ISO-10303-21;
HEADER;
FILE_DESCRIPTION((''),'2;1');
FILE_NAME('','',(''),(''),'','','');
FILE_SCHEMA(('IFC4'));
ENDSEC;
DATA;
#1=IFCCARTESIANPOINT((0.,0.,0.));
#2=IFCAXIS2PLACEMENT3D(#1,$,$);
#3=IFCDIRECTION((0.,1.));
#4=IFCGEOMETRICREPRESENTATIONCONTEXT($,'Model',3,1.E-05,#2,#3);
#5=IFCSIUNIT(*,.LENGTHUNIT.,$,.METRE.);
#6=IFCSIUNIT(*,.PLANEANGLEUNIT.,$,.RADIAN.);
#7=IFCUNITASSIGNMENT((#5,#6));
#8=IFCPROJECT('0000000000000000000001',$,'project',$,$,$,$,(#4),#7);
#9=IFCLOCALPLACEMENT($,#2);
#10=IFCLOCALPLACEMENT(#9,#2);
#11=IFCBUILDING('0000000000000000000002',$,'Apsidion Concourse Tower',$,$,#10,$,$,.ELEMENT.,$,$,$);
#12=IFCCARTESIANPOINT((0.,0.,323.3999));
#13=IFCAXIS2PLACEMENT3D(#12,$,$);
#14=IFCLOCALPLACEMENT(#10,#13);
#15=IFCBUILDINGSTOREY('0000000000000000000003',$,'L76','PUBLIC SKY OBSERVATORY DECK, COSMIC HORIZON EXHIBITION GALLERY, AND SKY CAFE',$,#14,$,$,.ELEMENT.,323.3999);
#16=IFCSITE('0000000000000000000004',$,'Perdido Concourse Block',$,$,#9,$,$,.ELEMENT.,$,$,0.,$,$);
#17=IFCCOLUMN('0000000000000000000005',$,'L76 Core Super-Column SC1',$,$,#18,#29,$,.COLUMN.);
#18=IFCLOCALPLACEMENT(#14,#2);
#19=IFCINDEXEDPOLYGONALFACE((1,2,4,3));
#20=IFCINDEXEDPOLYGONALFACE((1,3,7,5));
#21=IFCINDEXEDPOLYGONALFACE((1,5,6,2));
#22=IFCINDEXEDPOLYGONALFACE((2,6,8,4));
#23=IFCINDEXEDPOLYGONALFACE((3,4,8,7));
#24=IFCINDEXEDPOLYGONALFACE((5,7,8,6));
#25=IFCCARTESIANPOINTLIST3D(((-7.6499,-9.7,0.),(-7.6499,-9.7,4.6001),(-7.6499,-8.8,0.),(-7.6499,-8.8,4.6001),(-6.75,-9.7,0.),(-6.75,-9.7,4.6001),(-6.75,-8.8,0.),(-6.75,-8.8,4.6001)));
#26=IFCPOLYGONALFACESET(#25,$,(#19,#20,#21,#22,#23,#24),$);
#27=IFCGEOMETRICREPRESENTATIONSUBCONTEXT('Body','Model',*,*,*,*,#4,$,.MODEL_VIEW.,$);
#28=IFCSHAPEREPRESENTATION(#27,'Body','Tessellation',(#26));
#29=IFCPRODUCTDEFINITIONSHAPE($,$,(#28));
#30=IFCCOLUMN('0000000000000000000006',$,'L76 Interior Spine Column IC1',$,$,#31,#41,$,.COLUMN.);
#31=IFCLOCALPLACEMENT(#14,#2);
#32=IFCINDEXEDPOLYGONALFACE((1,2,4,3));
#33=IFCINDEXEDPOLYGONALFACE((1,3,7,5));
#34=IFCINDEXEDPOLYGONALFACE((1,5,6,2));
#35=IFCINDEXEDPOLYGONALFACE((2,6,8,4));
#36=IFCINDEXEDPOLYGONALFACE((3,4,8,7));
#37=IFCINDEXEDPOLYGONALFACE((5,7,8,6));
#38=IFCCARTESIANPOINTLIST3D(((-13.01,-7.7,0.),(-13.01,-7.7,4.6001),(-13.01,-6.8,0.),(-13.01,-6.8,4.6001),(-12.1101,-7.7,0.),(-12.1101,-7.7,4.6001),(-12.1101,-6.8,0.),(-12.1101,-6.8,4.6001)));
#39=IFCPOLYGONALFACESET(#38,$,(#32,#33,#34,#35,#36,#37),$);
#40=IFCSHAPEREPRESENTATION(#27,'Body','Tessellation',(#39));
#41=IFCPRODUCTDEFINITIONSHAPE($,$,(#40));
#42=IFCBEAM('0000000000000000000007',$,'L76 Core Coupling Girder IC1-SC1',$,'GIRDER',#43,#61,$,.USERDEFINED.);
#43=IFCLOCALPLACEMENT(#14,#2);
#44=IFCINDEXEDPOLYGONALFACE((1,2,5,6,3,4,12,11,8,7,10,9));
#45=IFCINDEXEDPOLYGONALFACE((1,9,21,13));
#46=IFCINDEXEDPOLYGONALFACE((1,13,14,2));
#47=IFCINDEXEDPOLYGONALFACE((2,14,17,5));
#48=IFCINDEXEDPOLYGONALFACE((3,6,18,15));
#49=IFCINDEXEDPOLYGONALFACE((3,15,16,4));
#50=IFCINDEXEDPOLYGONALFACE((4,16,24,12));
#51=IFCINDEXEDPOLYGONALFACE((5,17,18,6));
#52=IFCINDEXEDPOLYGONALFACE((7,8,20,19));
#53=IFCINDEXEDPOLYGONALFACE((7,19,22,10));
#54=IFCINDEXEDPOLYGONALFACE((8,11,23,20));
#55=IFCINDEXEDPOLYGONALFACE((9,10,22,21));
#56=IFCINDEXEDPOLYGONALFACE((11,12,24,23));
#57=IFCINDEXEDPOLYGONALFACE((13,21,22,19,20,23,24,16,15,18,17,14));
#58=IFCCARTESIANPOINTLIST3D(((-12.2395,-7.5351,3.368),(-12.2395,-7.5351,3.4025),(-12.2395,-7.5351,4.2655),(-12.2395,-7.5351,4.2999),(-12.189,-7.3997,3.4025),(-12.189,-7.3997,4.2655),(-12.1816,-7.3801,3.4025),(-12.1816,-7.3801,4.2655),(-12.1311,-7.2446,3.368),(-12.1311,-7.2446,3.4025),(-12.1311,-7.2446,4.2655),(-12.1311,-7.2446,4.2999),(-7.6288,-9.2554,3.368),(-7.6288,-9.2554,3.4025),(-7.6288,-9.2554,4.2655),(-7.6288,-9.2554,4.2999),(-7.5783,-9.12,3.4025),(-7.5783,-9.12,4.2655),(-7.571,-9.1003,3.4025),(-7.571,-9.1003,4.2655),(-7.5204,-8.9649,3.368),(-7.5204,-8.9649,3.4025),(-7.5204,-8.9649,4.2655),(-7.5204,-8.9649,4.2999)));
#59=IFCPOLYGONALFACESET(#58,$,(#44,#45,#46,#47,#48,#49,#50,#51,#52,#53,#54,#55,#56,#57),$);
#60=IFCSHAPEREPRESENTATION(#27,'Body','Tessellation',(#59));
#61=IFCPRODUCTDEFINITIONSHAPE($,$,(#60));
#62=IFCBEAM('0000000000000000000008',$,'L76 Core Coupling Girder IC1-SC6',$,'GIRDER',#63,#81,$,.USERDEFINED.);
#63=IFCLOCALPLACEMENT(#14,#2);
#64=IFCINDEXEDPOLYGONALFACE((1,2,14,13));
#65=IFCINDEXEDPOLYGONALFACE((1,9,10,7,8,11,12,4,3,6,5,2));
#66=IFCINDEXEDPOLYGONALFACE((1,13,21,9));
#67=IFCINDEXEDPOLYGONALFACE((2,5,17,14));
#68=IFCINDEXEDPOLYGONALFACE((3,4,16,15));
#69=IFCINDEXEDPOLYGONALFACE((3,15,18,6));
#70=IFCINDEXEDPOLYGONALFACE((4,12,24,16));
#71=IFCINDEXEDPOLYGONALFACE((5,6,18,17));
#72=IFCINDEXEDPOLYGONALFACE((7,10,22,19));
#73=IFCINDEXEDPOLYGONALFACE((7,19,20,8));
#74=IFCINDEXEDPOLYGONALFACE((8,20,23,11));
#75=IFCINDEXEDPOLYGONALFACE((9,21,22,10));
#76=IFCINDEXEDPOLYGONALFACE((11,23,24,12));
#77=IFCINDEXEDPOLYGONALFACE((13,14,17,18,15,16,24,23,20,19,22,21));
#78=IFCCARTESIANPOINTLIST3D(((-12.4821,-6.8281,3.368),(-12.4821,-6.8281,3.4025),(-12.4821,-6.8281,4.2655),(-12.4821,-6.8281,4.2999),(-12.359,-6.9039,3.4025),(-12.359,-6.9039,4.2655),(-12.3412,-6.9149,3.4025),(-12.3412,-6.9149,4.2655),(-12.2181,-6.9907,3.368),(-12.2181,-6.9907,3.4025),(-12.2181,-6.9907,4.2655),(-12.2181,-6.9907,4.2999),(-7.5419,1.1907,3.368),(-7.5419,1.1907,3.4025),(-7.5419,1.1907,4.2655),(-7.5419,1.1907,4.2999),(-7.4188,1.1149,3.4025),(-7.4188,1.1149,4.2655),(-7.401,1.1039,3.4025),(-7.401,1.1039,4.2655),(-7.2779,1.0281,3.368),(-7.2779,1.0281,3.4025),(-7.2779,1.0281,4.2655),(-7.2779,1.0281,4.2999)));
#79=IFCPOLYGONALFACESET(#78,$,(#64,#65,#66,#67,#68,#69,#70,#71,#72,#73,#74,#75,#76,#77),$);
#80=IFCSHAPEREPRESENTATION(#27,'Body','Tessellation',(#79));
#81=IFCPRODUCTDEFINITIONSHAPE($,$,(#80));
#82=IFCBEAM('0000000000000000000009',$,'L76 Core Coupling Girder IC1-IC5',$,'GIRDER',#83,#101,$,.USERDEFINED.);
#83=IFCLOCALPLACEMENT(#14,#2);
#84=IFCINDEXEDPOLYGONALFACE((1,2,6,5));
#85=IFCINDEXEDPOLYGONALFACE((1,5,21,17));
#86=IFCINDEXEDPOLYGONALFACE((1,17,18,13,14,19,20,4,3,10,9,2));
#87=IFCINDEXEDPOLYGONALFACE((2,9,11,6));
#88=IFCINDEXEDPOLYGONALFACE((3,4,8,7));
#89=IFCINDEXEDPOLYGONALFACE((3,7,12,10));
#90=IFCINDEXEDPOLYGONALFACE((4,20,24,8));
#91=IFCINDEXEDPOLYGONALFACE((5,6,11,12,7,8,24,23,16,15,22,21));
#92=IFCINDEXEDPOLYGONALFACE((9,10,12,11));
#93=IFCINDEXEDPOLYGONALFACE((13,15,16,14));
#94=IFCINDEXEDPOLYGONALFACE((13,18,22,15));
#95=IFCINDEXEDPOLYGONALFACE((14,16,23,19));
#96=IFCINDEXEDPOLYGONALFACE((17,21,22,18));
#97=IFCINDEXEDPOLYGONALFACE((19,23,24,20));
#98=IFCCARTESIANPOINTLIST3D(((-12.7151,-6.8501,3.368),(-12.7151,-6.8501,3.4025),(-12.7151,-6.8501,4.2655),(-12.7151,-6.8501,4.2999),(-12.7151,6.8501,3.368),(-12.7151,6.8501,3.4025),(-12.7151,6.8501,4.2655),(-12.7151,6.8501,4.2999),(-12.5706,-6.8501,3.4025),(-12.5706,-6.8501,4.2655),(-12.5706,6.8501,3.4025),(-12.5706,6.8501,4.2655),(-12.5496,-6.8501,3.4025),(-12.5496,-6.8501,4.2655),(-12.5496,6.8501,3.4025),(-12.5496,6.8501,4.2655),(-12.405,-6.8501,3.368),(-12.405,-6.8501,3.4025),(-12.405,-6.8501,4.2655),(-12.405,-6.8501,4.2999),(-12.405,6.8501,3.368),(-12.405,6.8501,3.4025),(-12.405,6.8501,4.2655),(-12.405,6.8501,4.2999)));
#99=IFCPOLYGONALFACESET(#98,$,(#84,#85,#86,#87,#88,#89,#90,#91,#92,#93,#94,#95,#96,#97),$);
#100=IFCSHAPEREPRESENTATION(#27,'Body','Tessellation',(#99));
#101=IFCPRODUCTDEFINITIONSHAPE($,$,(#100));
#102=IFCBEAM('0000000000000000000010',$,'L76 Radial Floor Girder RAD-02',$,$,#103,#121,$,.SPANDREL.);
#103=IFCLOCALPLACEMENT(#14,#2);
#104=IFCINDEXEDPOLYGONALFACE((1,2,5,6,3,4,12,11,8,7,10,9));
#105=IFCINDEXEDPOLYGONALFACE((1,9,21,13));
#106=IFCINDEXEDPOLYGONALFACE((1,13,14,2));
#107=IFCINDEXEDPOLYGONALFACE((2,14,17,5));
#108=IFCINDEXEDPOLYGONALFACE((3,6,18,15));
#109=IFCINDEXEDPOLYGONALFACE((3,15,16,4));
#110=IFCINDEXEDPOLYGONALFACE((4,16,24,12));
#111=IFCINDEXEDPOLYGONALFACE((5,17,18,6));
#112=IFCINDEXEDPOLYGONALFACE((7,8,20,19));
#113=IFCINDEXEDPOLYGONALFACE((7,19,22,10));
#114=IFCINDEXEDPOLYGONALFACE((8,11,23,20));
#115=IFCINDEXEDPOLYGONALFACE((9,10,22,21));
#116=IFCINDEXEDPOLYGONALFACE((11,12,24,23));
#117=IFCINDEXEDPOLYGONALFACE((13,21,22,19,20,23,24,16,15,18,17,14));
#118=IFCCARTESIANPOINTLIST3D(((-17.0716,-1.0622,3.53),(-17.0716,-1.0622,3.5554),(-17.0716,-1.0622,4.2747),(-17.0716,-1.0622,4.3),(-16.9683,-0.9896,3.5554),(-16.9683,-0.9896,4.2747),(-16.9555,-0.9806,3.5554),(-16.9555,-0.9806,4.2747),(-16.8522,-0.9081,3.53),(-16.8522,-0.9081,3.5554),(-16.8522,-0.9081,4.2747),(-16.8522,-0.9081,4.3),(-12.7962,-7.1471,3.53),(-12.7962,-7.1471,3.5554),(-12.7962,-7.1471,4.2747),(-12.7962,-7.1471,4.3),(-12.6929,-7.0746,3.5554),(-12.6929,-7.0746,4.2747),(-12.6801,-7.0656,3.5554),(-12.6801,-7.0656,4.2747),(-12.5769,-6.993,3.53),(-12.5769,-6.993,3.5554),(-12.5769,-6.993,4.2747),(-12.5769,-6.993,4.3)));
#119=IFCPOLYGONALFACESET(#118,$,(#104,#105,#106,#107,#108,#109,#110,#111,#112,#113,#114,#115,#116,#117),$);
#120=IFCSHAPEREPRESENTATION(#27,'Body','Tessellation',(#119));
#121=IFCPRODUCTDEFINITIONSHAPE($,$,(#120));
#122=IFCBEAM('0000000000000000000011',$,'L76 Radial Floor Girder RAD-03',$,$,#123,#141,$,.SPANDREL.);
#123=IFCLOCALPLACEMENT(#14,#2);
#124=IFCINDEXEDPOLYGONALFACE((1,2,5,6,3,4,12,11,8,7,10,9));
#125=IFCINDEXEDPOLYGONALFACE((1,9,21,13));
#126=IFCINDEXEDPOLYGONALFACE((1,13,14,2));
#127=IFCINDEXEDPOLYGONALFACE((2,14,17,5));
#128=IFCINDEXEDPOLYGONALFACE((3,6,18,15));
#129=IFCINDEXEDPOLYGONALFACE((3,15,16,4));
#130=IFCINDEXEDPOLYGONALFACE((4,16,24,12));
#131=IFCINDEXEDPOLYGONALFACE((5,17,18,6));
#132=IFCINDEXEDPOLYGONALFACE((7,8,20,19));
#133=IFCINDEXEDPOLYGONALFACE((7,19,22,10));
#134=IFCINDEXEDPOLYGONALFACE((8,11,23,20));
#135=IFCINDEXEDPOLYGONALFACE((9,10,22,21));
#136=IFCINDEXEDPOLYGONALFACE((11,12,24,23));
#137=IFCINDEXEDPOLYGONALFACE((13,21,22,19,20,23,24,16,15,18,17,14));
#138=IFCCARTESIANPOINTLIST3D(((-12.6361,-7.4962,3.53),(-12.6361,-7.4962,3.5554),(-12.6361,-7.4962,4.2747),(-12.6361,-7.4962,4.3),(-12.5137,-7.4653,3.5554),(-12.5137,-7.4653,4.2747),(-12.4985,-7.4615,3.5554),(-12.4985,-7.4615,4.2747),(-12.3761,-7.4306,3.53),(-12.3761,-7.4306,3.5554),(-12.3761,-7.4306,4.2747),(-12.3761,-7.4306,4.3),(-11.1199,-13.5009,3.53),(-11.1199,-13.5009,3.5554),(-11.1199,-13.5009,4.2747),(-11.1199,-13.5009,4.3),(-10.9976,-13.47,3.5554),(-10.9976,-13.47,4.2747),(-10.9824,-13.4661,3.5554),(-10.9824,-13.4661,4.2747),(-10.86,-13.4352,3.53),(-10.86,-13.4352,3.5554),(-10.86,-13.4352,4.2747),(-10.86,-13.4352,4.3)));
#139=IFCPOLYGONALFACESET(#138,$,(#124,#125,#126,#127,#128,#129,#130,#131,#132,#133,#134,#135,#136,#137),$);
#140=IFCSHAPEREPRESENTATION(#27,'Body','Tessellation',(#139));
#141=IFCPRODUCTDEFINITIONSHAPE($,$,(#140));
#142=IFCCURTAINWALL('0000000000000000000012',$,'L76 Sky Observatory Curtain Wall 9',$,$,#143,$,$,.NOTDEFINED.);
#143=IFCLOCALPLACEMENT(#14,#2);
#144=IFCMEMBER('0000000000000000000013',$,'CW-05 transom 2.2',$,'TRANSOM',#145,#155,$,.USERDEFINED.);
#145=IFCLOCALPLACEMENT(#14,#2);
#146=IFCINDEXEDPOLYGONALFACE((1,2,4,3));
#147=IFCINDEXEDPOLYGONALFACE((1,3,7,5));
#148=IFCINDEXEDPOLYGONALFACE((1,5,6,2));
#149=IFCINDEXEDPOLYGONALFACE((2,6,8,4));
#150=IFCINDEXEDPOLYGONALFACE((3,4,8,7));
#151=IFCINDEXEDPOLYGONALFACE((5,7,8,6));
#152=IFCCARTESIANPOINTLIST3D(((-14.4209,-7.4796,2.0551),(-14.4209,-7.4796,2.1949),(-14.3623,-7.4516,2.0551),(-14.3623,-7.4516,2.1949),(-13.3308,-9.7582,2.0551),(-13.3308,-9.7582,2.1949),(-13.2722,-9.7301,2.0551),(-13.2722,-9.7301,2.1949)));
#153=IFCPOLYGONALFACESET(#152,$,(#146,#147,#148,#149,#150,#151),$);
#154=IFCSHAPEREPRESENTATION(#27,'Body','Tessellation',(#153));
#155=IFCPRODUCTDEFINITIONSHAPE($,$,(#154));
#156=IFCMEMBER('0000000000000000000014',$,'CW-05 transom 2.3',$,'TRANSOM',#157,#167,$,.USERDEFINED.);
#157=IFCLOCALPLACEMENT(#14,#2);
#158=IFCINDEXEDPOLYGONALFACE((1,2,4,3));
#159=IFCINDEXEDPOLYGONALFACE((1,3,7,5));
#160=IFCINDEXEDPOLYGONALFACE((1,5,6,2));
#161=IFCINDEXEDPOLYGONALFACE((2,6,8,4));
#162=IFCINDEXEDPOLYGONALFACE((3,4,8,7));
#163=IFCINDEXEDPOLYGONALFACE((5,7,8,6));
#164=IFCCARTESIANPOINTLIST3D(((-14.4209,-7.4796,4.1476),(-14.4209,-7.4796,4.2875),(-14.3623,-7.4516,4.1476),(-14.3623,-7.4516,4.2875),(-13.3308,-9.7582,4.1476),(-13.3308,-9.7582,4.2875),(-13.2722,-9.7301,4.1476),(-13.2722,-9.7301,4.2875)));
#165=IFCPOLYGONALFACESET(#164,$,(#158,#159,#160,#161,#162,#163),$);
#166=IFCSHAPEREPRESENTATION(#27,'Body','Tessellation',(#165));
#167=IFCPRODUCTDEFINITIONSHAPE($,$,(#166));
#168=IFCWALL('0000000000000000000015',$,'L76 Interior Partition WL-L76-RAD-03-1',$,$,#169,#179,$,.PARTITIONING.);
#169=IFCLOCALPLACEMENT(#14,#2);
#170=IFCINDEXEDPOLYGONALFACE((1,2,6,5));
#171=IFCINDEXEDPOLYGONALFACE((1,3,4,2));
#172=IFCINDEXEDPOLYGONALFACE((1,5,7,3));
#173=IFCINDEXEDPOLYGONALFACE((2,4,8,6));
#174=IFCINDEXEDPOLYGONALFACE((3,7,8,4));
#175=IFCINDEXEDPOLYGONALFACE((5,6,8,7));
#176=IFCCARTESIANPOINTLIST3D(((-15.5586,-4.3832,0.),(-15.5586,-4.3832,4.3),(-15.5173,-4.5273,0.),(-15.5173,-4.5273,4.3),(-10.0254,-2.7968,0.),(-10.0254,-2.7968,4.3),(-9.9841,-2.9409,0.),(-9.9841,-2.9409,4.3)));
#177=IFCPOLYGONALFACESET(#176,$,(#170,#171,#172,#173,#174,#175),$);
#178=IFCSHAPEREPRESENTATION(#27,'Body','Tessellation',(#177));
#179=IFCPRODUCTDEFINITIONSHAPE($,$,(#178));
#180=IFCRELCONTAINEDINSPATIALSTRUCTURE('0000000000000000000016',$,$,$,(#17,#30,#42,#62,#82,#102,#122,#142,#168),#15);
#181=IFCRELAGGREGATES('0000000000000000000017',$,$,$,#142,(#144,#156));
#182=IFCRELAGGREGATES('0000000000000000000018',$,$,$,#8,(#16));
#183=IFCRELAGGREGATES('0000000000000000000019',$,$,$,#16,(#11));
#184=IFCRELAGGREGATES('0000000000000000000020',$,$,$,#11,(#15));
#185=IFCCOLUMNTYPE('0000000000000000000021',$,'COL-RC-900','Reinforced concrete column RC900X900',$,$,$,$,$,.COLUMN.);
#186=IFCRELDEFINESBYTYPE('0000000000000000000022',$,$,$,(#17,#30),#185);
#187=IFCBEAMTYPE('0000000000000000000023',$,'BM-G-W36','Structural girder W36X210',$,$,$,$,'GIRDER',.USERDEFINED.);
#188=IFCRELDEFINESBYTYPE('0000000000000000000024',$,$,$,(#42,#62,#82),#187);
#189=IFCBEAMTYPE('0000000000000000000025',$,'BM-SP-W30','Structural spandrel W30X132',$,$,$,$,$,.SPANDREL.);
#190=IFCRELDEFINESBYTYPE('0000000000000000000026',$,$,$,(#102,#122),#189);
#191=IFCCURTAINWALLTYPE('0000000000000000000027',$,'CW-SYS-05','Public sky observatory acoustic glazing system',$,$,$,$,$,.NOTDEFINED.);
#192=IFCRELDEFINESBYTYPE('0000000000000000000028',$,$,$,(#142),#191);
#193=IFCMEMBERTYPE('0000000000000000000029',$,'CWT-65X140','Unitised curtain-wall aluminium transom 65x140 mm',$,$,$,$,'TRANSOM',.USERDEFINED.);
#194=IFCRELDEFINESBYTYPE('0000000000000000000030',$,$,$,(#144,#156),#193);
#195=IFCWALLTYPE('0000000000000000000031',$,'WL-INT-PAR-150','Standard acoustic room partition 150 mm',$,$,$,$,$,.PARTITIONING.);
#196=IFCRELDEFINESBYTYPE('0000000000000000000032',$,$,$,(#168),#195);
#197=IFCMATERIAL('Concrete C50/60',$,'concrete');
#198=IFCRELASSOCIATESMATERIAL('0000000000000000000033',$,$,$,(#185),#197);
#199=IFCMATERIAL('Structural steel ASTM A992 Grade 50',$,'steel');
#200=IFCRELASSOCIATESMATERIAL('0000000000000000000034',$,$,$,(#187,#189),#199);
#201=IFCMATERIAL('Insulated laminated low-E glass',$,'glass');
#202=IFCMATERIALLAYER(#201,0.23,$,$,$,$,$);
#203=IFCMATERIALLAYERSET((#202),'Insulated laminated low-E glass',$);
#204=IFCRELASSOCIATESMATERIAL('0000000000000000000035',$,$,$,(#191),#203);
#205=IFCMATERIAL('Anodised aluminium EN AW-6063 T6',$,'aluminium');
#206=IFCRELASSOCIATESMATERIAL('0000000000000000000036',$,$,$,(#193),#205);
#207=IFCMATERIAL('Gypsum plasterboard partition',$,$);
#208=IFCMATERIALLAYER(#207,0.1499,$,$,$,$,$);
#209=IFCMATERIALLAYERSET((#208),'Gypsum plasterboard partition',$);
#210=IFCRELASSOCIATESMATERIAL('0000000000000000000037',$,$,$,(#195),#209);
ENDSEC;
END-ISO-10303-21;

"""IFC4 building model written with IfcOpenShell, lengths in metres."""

from ifc_helpers import new_model, si_unit, direction, frame, frame_2d, origin, origin_2d, place, context, subcontext, project, spatial, rectangle, i_section, extrude, material, layer, layer_set, material_profile, profile_set, type_object, element, aggregate, save


model = new_model("IFC4")

# Units and contexts
model_context = context("Model", 3, precision=1e-05, world=origin(), true_north=direction((0.0, 1.0)))
body_context = subcontext(model_context, "Body", "Model", "MODEL_VIEW")
ifc_project = project(units=[si_unit("LENGTHUNIT", "METRE"), si_unit("PLANEANGLEUNIT", "RADIAN")], contexts=[model_context])

# Site, building, storey
site_placement = place(None, origin())
site = spatial("IfcSite", under=ifc_project, at=site_placement, Name="Perdido Concourse Block", CompositionType="ELEMENT", RefElevation=0.0)
building_placement = place(site_placement, origin())
building = spatial("IfcBuilding", under=site, at=building_placement, Name="Apsidion Concourse Tower", CompositionType="ELEMENT")
storey_placement = place(building_placement, frame((0.0, 0.0, 323.3999)))
storey = spatial("IfcBuildingStorey", under=building, at=storey_placement, Name="L76", Description="PUBLIC SKY OBSERVATORY DECK, COSMIC HORIZON EXHIBITION GALLERY, AND SKY CAFE", CompositionType="ELEMENT", Elevation=323.3999)

# Columns
ifc_material_1 = material(Name="Concrete C50/60", Category="concrete")
ifc_material_profile_1 = material_profile(ifc_material_1, rectangle(XDim=0.8999, YDim=0.8999, at=origin_2d()), Name="RC 900x900")
ifc_profile_set_1 = profile_set([ifc_material_profile_1], Name="Concrete C50/60")
column_type = type_object("IfcColumnType", Name="COL-RC-900", Description="Reinforced concrete column RC900X900", PredefinedType="COLUMN", material=ifc_profile_set_1)
for number, where, z_axis, x_axis, name in (
    (1, (-7.2, -9.25, 0.0), (0.0, 0.0, 1.0), (1.0, 0.0, 0.0), "L76 Core Super-Column SC1"),
    (2, (-12.5601, -7.25, 0.0), (0.0, 0.0, 1.0), (1.0, 0.0, 0.0), "L76 Interior Spine Column IC1"),
):
    element("IfcColumn", number, at=place(storey_placement, frame(where, z_axis=z_axis, x_axis=x_axis)), inside=storey, type_object=column_type, Name=name, PredefinedType="COLUMN", context=body_context, shape_type="SweptSolid", body=[
        extrude(rectangle(XDim=0.8999, YDim=0.8999, at=origin_2d()), origin(), (0.0, 0.0, 1.0), 4.6001),
    ])

# Beams
ifc_material_2 = material(Name="Structural steel ASTM A992 Grade 50", Category="steel")
ifc_material_profile_2 = material_profile(ifc_material_2, i_section(OverallWidth=0.3101, OverallDepth=0.9319, WebThickness=0.021, FlangeThickness=0.0344, at=origin_2d()), Name="W36X210")
ifc_profile_set_2 = profile_set([ifc_material_profile_2], Name="Structural steel ASTM A992 Grade 50")
beam_type_1 = type_object("IfcBeamType", Name="BM-G-W36", Description="Structural girder W36X210", ElementType="GIRDER", PredefinedType="USERDEFINED", material=ifc_profile_set_2)
beam_1_placement = place(storey_placement, frame((-12.1853, -7.3899, 3.834), z_axis=(0.936913, -0.349563, 0.0), x_axis=(0.349563, 0.936913, 0.0)))
element("IfcBeam", 3, at=beam_1_placement, inside=storey, type_object=beam_type_1, Name="L76 Core Coupling Girder IC1-SC1", ObjectType="GIRDER", PredefinedType="USERDEFINED", context=body_context, shape_type="SweptSolid", body=[
    extrude(i_section(OverallWidth=0.3101, OverallDepth=0.9319, WebThickness=0.021, FlangeThickness=0.0344, at=origin_2d()), origin(), (0.0, 0.0, 1.0), 4.9211),
])
beam_2_placement = place(storey_placement, frame((-12.3501, -6.9094, 3.834), z_axis=(0.524524, 0.851396, 0.0), x_axis=(-0.851396, 0.524524, 0.0)))
element("IfcBeam", 4, at=beam_2_placement, inside=storey, type_object=beam_type_1, Name="L76 Core Coupling Girder IC1-SC6", ObjectType="GIRDER", PredefinedType="USERDEFINED", context=body_context, shape_type="SweptSolid", body=[
    extrude(i_section(OverallWidth=0.3101, OverallDepth=0.9319, WebThickness=0.021, FlangeThickness=0.0344, at=origin_2d()), origin(), (0.0, 0.0, 1.0), 9.4185),
])
beam_3_placement = place(storey_placement, frame((-12.5601, -6.8501, 3.834), z_axis=(0.0, 1.0, 0.0), x_axis=(-1.0, 0.0, 0.0)))
element("IfcBeam", 5, at=beam_3_placement, inside=storey, type_object=beam_type_1, Name="L76 Core Coupling Girder IC1-IC5", ObjectType="GIRDER", PredefinedType="USERDEFINED", context=body_context, shape_type="SweptSolid", body=[
    extrude(i_section(OverallWidth=0.3101, OverallDepth=0.9319, WebThickness=0.021, FlangeThickness=0.0344, at=origin_2d()), origin(), (0.0, 0.0, 1.0), 13.7002),
])
ifc_material_profile_3 = material_profile(ifc_material_2, i_section(OverallWidth=0.2681, OverallDepth=0.77, WebThickness=0.0156, FlangeThickness=0.0254, at=origin_2d()), Name="W30X132")
ifc_profile_set_3 = profile_set([ifc_material_profile_3], Name="Structural steel ASTM A992 Grade 50")
beam_type_2 = type_object("IfcBeamType", Name="BM-SP-W30", Description="Structural spandrel W30X132", PredefinedType="SPANDREL", material=ifc_profile_set_3)
beam_4_placement = place(storey_placement, frame((-12.6865, -7.0701, 3.915), z_axis=(-0.574898, 0.818225, 0.0), x_axis=(-0.818225, -0.574898, 0.0)))
element("IfcBeam", 6, at=beam_4_placement, inside=storey, type_object=beam_type_2, Name="L76 Radial Floor Girder RAD-02", PredefinedType="SPANDREL", context=body_context, shape_type="SweptSolid", body=[
    extrude(i_section(OverallWidth=0.2681, OverallDepth=0.77, WebThickness=0.0156, FlangeThickness=0.0254, at=origin_2d()), origin(), (0.0, 0.0, 1.0), 7.4368),
])
beam_5_placement = place(storey_placement, frame((-12.5061, -7.4634, 3.915), z_axis=(0.244807, -0.969572, 0.0), x_axis=(0.969572, 0.244807, 0.0)))
element("IfcBeam", 7, at=beam_5_placement, inside=storey, type_object=beam_type_2, Name="L76 Radial Floor Girder RAD-03", PredefinedType="SPANDREL", context=body_context, shape_type="SweptSolid", body=[
    extrude(i_section(OverallWidth=0.2681, OverallDepth=0.77, WebThickness=0.0156, FlangeThickness=0.0254, at=origin_2d()), origin(), (0.0, 0.0, 1.0), 6.1931),
])

# Curtain wall, members
ifc_material_3 = material(Name="Insulated laminated low-E glass", Category="glass")
ifc_layer_1 = layer(ifc_material_3, 0.23)
ifc_layer_set_1 = layer_set([ifc_layer_1], Name="Insulated laminated low-E glass")
curtain_wall_type = type_object("IfcCurtainWallType", Name="CW-SYS-05", Description="Public sky observatory acoustic glazing system", PredefinedType="NOTDEFINED", material=ifc_layer_set_1)
curtain_wall_placement = place(storey_placement, origin())
curtain_wall = element("IfcCurtainWall", 8, at=curtain_wall_placement, inside=storey, type_object=curtain_wall_type, Name="L76 Sky Observatory Curtain Wall 9", PredefinedType="NOTDEFINED")
ifc_material_4 = material(Name="Anodised aluminium EN AW-6063 T6", Category="aluminium")
ifc_material_profile_4 = material_profile(ifc_material_4, rectangle(XDim=0.0649, YDim=0.1399, at=origin_2d()), Name="ALU TRANSOM 65x140")
ifc_profile_set_4 = profile_set([ifc_material_profile_4], Name="Anodised aluminium EN AW-6063 T6")
member_type = type_object("IfcMemberType", Name="CWT-65X140", Description="Unitised curtain-wall aluminium transom 65x140 mm", ElementType="TRANSOM", PredefinedType="USERDEFINED", material=ifc_profile_set_4)
member_1_placement = place(storey_placement, frame((-13.3015, -9.7441, 2.125), z_axis=(-0.431565, 0.902082, 0.0), x_axis=(-0.902082, -0.431565, 0.0)))
member_1 = element("IfcMember", 9, at=member_1_placement, type_object=member_type, Name="CW-05 transom 2.2", ObjectType="TRANSOM", PredefinedType="USERDEFINED", context=body_context, shape_type="SweptSolid", body=[
    extrude(rectangle(XDim=0.0649, YDim=0.1399, at=origin_2d()), origin(), (0.0, 0.0, 1.0), 2.5259),
])
member_2_placement = place(storey_placement, frame((-13.3015, -9.7441, 4.2175), z_axis=(-0.431565, 0.902082, 0.0), x_axis=(-0.902082, -0.431565, 0.0)))
member_2 = element("IfcMember", 10, at=member_2_placement, type_object=member_type, Name="CW-05 transom 2.3", ObjectType="TRANSOM", PredefinedType="USERDEFINED", context=body_context, shape_type="SweptSolid", body=[
    extrude(rectangle(XDim=0.0649, YDim=0.1399, at=origin_2d()), origin(), (0.0, 0.0, 1.0), 2.5259),
])
aggregate(curtain_wall, [member_1, member_2])

# Wall
ifc_material_5 = material(Name="Gypsum plasterboard partition")
ifc_layer_2 = layer(ifc_material_5, 0.1499)
ifc_layer_set_2 = layer_set([ifc_layer_2], Name="Gypsum plasterboard partition")
wall_type_1 = type_object("IfcWallType", Name="WL-INT-PAR-150", Description="Standard acoustic room partition 150 mm", PredefinedType="PARTITIONING", material=ifc_layer_set_2)
wall_1_placement = place(storey_placement, frame((-10.0049, -2.8689, 0.0), z_axis=(0.0, 0.0, 1.0), x_axis=(-0.961271, -0.275606, 0.0)))
element("IfcWall", 11, at=wall_1_placement, inside=storey, type_object=wall_type_1, Name="L76 Interior Partition WL-L76-RAD-03-1", PredefinedType="PARTITIONING", context=body_context, shape_type="SweptSolid", body=[
    extrude(rectangle(XDim=5.7561, YDim=0.1499, at=frame_2d((2.8779, 0.0))), origin(), (0.0, 0.0, 1.0), 4.3),
])

save(model, "model.ifc")
